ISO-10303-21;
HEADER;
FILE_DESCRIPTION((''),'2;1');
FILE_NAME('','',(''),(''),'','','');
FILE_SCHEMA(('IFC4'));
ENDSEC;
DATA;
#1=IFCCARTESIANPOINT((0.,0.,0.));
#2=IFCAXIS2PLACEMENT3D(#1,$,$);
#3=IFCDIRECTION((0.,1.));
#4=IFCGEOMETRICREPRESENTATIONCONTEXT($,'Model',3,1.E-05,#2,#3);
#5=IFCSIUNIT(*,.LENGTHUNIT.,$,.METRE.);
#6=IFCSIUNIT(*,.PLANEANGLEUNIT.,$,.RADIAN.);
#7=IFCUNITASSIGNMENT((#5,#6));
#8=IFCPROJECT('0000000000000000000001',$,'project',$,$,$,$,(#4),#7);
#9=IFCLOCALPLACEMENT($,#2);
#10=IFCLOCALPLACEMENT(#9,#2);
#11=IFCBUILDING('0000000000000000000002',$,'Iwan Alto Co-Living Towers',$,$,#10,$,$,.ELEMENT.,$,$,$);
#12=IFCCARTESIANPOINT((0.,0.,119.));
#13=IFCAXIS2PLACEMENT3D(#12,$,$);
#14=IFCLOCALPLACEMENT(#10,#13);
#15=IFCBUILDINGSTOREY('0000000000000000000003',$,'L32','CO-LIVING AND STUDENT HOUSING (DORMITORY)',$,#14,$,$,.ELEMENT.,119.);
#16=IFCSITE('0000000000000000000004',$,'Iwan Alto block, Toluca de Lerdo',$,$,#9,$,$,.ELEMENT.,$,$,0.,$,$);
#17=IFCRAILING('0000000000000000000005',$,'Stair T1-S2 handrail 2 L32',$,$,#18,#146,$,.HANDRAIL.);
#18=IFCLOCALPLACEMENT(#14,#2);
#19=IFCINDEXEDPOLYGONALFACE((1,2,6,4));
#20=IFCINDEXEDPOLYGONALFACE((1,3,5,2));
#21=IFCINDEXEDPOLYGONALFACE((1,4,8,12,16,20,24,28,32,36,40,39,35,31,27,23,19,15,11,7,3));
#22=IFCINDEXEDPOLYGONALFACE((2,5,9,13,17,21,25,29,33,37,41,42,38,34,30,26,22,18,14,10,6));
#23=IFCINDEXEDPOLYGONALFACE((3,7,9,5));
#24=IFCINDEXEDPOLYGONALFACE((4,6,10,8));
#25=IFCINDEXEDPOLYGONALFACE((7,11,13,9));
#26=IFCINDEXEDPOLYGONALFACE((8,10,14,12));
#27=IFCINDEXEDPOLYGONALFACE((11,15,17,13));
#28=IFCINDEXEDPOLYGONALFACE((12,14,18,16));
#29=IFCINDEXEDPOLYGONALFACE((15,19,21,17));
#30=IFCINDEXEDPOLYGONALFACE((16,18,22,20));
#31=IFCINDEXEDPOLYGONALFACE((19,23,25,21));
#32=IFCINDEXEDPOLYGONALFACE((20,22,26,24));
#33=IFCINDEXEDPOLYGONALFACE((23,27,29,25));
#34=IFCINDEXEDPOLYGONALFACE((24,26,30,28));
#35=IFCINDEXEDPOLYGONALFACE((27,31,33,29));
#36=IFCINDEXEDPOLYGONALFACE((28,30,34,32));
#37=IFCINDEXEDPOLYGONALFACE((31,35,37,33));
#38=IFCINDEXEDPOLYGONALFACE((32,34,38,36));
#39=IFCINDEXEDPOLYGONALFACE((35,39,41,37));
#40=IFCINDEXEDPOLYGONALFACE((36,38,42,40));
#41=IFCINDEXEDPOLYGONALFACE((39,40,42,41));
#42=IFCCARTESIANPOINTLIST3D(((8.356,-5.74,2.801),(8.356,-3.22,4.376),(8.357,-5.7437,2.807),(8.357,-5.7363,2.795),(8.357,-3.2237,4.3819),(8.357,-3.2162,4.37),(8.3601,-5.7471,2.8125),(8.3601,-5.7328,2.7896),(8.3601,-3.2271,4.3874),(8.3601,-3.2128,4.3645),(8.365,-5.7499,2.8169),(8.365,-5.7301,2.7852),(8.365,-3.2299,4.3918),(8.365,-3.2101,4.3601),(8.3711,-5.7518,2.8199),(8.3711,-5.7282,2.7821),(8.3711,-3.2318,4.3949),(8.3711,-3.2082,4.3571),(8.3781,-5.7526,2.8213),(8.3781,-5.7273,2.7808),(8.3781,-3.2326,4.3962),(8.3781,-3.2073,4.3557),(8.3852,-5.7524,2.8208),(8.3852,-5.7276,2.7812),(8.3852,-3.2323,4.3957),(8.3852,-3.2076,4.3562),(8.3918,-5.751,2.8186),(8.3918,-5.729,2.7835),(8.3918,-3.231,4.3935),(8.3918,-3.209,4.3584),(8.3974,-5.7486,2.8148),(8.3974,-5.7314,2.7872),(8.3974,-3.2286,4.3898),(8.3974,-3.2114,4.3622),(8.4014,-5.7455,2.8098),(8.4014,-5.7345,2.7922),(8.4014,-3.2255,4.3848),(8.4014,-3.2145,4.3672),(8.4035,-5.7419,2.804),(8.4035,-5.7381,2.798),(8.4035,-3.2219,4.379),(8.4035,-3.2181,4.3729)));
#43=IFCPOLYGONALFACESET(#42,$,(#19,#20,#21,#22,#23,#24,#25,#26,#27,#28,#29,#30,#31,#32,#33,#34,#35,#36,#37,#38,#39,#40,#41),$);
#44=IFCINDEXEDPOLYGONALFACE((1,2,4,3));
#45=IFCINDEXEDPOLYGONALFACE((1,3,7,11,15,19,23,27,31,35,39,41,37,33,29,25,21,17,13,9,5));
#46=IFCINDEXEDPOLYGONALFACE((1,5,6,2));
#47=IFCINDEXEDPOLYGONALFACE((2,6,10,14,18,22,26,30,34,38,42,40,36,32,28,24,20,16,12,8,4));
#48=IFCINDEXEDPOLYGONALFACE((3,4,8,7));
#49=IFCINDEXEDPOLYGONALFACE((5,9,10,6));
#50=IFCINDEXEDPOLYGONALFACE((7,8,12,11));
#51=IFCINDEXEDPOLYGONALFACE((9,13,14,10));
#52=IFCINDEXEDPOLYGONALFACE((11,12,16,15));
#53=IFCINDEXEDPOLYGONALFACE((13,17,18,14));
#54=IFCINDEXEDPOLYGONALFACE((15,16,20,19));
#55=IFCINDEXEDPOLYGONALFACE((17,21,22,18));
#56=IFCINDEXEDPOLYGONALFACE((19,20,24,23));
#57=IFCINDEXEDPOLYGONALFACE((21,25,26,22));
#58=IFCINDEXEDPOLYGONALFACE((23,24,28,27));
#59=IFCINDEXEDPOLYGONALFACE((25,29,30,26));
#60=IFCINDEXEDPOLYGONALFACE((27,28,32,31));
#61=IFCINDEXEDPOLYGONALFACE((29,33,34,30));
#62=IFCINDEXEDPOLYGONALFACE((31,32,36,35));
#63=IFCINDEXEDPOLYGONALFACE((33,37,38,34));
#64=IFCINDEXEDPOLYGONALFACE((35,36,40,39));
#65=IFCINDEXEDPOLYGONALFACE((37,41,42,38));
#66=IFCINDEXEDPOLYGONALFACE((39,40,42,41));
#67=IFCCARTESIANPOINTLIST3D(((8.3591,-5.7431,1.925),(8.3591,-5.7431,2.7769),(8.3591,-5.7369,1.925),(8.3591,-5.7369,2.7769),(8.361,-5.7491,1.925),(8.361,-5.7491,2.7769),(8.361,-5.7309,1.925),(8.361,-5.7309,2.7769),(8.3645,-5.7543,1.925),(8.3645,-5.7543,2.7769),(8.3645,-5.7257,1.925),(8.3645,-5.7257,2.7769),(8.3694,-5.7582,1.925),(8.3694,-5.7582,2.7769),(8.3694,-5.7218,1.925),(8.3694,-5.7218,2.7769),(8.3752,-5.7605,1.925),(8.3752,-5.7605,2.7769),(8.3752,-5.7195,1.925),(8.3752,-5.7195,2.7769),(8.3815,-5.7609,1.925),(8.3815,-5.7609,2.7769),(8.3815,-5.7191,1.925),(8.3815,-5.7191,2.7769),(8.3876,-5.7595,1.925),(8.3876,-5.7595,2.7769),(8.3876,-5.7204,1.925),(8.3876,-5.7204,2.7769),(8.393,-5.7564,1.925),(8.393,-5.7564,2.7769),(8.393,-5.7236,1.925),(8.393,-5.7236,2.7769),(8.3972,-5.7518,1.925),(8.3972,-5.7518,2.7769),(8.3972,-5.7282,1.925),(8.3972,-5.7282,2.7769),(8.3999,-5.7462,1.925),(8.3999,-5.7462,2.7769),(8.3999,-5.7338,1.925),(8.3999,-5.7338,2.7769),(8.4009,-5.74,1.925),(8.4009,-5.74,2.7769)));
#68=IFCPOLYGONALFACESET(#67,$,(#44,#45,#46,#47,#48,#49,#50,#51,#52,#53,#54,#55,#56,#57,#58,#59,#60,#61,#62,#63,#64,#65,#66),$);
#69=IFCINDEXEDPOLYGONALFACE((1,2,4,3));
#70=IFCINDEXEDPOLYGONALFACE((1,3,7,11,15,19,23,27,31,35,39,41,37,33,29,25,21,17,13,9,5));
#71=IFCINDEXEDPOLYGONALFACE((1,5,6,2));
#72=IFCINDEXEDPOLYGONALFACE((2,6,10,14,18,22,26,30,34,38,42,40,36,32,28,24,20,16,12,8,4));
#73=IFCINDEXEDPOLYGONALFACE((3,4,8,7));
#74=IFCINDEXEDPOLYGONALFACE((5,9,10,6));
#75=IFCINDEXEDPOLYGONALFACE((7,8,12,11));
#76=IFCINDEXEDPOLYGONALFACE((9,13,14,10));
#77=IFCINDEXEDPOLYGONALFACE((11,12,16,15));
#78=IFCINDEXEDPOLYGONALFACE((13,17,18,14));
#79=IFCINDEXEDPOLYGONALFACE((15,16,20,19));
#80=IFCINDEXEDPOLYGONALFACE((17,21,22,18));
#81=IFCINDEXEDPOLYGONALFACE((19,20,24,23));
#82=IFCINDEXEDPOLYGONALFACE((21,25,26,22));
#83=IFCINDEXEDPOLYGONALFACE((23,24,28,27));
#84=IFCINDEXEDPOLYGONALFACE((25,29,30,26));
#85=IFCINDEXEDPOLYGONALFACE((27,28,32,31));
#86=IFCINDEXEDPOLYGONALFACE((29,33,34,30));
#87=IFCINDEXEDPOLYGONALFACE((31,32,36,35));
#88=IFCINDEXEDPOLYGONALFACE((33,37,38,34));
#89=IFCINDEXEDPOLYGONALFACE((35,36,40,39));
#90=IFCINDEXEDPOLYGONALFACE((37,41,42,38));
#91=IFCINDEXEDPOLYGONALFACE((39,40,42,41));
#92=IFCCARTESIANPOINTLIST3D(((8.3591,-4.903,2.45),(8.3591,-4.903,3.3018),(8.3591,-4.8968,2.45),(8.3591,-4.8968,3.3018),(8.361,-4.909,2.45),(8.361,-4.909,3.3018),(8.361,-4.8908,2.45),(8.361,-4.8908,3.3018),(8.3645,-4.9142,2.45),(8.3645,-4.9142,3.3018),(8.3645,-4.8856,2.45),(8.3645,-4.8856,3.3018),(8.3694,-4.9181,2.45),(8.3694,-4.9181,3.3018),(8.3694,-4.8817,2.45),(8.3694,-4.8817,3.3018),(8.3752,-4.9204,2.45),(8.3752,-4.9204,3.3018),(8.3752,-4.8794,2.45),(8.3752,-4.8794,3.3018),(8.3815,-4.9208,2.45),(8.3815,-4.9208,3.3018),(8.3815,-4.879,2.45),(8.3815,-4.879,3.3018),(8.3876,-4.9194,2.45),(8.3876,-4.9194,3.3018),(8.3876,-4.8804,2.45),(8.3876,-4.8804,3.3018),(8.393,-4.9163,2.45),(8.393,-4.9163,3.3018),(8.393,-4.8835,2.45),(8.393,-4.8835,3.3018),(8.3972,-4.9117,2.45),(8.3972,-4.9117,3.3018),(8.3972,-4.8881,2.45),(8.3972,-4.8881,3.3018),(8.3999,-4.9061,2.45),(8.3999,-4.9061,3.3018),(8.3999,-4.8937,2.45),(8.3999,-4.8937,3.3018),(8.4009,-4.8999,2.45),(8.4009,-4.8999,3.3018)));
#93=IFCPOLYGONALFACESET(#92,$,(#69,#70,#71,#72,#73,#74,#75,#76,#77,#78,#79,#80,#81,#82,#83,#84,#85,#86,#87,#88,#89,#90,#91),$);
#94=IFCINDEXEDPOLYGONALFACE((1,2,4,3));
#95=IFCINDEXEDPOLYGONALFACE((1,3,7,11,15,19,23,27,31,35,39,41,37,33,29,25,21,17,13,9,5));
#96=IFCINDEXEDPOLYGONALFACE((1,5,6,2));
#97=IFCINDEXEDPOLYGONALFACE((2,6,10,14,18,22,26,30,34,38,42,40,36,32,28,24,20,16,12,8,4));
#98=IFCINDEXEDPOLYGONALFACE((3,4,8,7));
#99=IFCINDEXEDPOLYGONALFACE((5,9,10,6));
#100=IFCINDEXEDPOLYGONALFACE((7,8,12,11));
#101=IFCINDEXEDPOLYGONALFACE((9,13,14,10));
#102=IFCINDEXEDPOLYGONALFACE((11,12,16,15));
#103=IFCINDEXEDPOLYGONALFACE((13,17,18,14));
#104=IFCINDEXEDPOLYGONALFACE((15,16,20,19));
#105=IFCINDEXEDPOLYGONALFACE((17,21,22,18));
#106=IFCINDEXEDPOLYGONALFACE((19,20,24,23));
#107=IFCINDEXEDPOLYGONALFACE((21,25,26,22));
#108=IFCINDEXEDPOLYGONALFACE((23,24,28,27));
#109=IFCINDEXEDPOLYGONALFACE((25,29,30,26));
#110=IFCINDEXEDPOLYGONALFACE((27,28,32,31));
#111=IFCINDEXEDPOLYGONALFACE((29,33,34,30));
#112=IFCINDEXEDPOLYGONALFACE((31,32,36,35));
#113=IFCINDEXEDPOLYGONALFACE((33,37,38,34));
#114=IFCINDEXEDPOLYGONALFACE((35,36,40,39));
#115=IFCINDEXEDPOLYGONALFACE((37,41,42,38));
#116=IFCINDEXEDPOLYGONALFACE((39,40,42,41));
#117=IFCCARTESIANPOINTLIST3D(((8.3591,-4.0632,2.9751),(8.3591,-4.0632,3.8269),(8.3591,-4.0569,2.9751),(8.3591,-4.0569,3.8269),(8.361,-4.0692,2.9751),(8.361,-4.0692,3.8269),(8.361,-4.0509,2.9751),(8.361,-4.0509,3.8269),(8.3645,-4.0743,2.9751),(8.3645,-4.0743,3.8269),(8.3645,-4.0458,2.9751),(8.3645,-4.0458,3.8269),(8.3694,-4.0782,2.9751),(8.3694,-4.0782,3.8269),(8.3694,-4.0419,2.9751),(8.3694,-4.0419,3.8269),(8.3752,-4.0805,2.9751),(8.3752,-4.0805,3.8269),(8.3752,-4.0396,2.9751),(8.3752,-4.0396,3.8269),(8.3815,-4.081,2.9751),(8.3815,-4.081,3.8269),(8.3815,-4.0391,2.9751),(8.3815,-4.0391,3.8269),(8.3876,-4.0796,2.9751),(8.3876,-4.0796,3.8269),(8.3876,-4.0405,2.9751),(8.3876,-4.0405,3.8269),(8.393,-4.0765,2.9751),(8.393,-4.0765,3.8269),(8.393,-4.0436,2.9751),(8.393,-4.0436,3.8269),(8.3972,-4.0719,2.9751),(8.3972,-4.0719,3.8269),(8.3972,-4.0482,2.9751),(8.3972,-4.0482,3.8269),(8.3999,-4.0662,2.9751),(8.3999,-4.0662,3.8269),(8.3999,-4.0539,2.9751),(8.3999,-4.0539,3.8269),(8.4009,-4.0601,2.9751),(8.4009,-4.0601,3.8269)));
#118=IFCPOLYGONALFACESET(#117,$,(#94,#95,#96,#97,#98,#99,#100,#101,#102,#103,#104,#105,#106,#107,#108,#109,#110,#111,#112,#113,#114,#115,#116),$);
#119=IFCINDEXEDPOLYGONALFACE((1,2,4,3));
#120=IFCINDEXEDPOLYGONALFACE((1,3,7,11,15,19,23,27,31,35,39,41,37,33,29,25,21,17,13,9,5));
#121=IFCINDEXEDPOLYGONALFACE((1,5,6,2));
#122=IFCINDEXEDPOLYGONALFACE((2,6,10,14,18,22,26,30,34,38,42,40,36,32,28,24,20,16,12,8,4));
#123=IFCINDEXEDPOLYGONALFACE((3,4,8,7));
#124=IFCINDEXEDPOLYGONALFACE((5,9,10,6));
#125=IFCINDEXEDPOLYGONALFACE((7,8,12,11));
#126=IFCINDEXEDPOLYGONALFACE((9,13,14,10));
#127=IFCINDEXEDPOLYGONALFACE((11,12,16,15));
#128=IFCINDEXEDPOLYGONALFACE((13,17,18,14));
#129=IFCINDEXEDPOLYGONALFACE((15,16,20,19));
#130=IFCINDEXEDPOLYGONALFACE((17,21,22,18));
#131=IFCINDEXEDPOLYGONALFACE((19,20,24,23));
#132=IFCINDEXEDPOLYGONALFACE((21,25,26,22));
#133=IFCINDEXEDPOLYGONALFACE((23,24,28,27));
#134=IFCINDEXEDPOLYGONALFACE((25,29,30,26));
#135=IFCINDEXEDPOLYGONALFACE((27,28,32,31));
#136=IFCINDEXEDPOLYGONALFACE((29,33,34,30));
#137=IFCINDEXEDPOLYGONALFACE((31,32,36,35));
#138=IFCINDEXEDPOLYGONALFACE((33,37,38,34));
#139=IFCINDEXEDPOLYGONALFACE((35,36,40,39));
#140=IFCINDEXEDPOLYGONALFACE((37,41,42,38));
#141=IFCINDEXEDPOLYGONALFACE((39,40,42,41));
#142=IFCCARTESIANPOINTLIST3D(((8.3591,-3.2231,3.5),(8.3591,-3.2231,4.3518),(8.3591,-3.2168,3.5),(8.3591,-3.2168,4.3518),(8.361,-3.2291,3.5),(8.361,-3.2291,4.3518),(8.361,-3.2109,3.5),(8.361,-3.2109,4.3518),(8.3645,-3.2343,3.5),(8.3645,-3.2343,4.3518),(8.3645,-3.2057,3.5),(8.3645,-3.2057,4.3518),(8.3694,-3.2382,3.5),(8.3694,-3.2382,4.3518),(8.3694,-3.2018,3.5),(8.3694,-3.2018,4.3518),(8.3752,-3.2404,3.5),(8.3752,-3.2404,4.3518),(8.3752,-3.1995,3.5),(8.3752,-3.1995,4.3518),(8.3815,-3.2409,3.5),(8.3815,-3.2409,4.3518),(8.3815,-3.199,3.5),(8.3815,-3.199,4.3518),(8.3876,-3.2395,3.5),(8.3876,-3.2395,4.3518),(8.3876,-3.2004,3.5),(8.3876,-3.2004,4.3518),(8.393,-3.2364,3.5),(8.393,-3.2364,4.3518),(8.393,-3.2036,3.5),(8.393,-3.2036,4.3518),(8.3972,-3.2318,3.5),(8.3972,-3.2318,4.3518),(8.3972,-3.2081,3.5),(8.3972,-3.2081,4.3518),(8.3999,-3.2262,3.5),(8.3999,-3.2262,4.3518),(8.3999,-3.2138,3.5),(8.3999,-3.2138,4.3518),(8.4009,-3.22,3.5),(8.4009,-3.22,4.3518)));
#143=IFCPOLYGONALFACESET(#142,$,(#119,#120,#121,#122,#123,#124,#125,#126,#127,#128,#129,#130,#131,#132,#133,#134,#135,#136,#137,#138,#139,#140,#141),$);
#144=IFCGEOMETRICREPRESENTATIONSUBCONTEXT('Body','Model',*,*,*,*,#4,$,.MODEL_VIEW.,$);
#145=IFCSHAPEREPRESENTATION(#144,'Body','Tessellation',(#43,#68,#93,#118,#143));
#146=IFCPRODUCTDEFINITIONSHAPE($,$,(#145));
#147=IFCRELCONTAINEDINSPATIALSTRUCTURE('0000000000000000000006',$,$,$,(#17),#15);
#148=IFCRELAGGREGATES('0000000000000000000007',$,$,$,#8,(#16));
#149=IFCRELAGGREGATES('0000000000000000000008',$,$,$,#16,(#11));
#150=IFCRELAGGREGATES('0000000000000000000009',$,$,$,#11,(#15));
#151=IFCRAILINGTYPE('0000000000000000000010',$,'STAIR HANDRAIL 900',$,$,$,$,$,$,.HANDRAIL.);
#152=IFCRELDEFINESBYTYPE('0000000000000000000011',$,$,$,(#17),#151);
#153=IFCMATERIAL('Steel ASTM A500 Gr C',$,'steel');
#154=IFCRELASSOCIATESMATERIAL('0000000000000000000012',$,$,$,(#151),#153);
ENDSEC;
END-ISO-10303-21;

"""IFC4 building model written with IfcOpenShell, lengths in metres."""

from ifc_helpers import new_model, si_unit, direction, frame, origin, origin_2d, place, context, subcontext, project, spatial, circle, extrude, material, type_object, element, save


model = new_model("IFC4")

# Units and contexts
model_context = context("Model", 3, precision=1e-05, world=origin(), true_north=direction((0.0, 1.0)))
body_context = subcontext(model_context, "Body", "Model", "MODEL_VIEW")
ifc_project = project(units=[si_unit("LENGTHUNIT", "METRE"), si_unit("PLANEANGLEUNIT", "RADIAN")], contexts=[model_context])

# Site, building, storey
site_placement = place(None, origin())
site = spatial("IfcSite", under=ifc_project, at=site_placement, Name="Iwan Alto block, Toluca de Lerdo", CompositionType="ELEMENT", RefElevation=0.0)
building_placement = place(site_placement, origin())
building = spatial("IfcBuilding", under=site, at=building_placement, Name="Iwan Alto Co-Living Towers", CompositionType="ELEMENT")
storey_placement = place(building_placement, frame((0.0, 0.0, 119.0)))
storey = spatial("IfcBuildingStorey", under=building, at=storey_placement, Name="L32", Description="CO-LIVING AND STUDENT HOUSING (DORMITORY)", CompositionType="ELEMENT", Elevation=119.0)

# Railing
ifc_material_1 = material(Name="Steel ASTM A500 Gr C", Category="steel")
railing_type_1 = type_object("IfcRailingType", Name="STAIR HANDRAIL 900", PredefinedType="HANDRAIL", material=ifc_material_1)
railing_1_placement = place(storey_placement, frame((8.3799, -5.74, 1.925)))
element("IfcRailing", 1, at=railing_1_placement, inside=storey, type_object=railing_type_1, Name="Stair T1-S2 handrail 2 L32", PredefinedType="HANDRAIL", context=body_context, shape_type="SweptSolid", body=[
    extrude(circle(Radius=0.0239, at=origin_2d()), frame((0.0, 0.0, 0.876), z_axis=(0.0, 0.848008, 0.529984), x_axis=(-1.0, 0.0, 0.0)), (0.0, 0.0, 1.0), 2.9717),
    extrude(circle(Radius=0.021, at=origin_2d()), origin(), (0.0, 0.0, 1.0), 0.8518),
    extrude(circle(Radius=0.021, at=origin_2d()), frame((0.0, 0.8401, 0.5249)), (0.0, 0.0, 1.0), 0.8518),
    extrude(circle(Radius=0.021, at=origin_2d()), frame((0.0, 1.6799, 1.05)), (0.0, 0.0, 1.0), 0.8518),
    extrude(circle(Radius=0.021, at=origin_2d()), frame((0.0, 2.52, 1.575)), (0.0, 0.0, 1.0), 0.8518),
])

save(model, "model.ifc")
